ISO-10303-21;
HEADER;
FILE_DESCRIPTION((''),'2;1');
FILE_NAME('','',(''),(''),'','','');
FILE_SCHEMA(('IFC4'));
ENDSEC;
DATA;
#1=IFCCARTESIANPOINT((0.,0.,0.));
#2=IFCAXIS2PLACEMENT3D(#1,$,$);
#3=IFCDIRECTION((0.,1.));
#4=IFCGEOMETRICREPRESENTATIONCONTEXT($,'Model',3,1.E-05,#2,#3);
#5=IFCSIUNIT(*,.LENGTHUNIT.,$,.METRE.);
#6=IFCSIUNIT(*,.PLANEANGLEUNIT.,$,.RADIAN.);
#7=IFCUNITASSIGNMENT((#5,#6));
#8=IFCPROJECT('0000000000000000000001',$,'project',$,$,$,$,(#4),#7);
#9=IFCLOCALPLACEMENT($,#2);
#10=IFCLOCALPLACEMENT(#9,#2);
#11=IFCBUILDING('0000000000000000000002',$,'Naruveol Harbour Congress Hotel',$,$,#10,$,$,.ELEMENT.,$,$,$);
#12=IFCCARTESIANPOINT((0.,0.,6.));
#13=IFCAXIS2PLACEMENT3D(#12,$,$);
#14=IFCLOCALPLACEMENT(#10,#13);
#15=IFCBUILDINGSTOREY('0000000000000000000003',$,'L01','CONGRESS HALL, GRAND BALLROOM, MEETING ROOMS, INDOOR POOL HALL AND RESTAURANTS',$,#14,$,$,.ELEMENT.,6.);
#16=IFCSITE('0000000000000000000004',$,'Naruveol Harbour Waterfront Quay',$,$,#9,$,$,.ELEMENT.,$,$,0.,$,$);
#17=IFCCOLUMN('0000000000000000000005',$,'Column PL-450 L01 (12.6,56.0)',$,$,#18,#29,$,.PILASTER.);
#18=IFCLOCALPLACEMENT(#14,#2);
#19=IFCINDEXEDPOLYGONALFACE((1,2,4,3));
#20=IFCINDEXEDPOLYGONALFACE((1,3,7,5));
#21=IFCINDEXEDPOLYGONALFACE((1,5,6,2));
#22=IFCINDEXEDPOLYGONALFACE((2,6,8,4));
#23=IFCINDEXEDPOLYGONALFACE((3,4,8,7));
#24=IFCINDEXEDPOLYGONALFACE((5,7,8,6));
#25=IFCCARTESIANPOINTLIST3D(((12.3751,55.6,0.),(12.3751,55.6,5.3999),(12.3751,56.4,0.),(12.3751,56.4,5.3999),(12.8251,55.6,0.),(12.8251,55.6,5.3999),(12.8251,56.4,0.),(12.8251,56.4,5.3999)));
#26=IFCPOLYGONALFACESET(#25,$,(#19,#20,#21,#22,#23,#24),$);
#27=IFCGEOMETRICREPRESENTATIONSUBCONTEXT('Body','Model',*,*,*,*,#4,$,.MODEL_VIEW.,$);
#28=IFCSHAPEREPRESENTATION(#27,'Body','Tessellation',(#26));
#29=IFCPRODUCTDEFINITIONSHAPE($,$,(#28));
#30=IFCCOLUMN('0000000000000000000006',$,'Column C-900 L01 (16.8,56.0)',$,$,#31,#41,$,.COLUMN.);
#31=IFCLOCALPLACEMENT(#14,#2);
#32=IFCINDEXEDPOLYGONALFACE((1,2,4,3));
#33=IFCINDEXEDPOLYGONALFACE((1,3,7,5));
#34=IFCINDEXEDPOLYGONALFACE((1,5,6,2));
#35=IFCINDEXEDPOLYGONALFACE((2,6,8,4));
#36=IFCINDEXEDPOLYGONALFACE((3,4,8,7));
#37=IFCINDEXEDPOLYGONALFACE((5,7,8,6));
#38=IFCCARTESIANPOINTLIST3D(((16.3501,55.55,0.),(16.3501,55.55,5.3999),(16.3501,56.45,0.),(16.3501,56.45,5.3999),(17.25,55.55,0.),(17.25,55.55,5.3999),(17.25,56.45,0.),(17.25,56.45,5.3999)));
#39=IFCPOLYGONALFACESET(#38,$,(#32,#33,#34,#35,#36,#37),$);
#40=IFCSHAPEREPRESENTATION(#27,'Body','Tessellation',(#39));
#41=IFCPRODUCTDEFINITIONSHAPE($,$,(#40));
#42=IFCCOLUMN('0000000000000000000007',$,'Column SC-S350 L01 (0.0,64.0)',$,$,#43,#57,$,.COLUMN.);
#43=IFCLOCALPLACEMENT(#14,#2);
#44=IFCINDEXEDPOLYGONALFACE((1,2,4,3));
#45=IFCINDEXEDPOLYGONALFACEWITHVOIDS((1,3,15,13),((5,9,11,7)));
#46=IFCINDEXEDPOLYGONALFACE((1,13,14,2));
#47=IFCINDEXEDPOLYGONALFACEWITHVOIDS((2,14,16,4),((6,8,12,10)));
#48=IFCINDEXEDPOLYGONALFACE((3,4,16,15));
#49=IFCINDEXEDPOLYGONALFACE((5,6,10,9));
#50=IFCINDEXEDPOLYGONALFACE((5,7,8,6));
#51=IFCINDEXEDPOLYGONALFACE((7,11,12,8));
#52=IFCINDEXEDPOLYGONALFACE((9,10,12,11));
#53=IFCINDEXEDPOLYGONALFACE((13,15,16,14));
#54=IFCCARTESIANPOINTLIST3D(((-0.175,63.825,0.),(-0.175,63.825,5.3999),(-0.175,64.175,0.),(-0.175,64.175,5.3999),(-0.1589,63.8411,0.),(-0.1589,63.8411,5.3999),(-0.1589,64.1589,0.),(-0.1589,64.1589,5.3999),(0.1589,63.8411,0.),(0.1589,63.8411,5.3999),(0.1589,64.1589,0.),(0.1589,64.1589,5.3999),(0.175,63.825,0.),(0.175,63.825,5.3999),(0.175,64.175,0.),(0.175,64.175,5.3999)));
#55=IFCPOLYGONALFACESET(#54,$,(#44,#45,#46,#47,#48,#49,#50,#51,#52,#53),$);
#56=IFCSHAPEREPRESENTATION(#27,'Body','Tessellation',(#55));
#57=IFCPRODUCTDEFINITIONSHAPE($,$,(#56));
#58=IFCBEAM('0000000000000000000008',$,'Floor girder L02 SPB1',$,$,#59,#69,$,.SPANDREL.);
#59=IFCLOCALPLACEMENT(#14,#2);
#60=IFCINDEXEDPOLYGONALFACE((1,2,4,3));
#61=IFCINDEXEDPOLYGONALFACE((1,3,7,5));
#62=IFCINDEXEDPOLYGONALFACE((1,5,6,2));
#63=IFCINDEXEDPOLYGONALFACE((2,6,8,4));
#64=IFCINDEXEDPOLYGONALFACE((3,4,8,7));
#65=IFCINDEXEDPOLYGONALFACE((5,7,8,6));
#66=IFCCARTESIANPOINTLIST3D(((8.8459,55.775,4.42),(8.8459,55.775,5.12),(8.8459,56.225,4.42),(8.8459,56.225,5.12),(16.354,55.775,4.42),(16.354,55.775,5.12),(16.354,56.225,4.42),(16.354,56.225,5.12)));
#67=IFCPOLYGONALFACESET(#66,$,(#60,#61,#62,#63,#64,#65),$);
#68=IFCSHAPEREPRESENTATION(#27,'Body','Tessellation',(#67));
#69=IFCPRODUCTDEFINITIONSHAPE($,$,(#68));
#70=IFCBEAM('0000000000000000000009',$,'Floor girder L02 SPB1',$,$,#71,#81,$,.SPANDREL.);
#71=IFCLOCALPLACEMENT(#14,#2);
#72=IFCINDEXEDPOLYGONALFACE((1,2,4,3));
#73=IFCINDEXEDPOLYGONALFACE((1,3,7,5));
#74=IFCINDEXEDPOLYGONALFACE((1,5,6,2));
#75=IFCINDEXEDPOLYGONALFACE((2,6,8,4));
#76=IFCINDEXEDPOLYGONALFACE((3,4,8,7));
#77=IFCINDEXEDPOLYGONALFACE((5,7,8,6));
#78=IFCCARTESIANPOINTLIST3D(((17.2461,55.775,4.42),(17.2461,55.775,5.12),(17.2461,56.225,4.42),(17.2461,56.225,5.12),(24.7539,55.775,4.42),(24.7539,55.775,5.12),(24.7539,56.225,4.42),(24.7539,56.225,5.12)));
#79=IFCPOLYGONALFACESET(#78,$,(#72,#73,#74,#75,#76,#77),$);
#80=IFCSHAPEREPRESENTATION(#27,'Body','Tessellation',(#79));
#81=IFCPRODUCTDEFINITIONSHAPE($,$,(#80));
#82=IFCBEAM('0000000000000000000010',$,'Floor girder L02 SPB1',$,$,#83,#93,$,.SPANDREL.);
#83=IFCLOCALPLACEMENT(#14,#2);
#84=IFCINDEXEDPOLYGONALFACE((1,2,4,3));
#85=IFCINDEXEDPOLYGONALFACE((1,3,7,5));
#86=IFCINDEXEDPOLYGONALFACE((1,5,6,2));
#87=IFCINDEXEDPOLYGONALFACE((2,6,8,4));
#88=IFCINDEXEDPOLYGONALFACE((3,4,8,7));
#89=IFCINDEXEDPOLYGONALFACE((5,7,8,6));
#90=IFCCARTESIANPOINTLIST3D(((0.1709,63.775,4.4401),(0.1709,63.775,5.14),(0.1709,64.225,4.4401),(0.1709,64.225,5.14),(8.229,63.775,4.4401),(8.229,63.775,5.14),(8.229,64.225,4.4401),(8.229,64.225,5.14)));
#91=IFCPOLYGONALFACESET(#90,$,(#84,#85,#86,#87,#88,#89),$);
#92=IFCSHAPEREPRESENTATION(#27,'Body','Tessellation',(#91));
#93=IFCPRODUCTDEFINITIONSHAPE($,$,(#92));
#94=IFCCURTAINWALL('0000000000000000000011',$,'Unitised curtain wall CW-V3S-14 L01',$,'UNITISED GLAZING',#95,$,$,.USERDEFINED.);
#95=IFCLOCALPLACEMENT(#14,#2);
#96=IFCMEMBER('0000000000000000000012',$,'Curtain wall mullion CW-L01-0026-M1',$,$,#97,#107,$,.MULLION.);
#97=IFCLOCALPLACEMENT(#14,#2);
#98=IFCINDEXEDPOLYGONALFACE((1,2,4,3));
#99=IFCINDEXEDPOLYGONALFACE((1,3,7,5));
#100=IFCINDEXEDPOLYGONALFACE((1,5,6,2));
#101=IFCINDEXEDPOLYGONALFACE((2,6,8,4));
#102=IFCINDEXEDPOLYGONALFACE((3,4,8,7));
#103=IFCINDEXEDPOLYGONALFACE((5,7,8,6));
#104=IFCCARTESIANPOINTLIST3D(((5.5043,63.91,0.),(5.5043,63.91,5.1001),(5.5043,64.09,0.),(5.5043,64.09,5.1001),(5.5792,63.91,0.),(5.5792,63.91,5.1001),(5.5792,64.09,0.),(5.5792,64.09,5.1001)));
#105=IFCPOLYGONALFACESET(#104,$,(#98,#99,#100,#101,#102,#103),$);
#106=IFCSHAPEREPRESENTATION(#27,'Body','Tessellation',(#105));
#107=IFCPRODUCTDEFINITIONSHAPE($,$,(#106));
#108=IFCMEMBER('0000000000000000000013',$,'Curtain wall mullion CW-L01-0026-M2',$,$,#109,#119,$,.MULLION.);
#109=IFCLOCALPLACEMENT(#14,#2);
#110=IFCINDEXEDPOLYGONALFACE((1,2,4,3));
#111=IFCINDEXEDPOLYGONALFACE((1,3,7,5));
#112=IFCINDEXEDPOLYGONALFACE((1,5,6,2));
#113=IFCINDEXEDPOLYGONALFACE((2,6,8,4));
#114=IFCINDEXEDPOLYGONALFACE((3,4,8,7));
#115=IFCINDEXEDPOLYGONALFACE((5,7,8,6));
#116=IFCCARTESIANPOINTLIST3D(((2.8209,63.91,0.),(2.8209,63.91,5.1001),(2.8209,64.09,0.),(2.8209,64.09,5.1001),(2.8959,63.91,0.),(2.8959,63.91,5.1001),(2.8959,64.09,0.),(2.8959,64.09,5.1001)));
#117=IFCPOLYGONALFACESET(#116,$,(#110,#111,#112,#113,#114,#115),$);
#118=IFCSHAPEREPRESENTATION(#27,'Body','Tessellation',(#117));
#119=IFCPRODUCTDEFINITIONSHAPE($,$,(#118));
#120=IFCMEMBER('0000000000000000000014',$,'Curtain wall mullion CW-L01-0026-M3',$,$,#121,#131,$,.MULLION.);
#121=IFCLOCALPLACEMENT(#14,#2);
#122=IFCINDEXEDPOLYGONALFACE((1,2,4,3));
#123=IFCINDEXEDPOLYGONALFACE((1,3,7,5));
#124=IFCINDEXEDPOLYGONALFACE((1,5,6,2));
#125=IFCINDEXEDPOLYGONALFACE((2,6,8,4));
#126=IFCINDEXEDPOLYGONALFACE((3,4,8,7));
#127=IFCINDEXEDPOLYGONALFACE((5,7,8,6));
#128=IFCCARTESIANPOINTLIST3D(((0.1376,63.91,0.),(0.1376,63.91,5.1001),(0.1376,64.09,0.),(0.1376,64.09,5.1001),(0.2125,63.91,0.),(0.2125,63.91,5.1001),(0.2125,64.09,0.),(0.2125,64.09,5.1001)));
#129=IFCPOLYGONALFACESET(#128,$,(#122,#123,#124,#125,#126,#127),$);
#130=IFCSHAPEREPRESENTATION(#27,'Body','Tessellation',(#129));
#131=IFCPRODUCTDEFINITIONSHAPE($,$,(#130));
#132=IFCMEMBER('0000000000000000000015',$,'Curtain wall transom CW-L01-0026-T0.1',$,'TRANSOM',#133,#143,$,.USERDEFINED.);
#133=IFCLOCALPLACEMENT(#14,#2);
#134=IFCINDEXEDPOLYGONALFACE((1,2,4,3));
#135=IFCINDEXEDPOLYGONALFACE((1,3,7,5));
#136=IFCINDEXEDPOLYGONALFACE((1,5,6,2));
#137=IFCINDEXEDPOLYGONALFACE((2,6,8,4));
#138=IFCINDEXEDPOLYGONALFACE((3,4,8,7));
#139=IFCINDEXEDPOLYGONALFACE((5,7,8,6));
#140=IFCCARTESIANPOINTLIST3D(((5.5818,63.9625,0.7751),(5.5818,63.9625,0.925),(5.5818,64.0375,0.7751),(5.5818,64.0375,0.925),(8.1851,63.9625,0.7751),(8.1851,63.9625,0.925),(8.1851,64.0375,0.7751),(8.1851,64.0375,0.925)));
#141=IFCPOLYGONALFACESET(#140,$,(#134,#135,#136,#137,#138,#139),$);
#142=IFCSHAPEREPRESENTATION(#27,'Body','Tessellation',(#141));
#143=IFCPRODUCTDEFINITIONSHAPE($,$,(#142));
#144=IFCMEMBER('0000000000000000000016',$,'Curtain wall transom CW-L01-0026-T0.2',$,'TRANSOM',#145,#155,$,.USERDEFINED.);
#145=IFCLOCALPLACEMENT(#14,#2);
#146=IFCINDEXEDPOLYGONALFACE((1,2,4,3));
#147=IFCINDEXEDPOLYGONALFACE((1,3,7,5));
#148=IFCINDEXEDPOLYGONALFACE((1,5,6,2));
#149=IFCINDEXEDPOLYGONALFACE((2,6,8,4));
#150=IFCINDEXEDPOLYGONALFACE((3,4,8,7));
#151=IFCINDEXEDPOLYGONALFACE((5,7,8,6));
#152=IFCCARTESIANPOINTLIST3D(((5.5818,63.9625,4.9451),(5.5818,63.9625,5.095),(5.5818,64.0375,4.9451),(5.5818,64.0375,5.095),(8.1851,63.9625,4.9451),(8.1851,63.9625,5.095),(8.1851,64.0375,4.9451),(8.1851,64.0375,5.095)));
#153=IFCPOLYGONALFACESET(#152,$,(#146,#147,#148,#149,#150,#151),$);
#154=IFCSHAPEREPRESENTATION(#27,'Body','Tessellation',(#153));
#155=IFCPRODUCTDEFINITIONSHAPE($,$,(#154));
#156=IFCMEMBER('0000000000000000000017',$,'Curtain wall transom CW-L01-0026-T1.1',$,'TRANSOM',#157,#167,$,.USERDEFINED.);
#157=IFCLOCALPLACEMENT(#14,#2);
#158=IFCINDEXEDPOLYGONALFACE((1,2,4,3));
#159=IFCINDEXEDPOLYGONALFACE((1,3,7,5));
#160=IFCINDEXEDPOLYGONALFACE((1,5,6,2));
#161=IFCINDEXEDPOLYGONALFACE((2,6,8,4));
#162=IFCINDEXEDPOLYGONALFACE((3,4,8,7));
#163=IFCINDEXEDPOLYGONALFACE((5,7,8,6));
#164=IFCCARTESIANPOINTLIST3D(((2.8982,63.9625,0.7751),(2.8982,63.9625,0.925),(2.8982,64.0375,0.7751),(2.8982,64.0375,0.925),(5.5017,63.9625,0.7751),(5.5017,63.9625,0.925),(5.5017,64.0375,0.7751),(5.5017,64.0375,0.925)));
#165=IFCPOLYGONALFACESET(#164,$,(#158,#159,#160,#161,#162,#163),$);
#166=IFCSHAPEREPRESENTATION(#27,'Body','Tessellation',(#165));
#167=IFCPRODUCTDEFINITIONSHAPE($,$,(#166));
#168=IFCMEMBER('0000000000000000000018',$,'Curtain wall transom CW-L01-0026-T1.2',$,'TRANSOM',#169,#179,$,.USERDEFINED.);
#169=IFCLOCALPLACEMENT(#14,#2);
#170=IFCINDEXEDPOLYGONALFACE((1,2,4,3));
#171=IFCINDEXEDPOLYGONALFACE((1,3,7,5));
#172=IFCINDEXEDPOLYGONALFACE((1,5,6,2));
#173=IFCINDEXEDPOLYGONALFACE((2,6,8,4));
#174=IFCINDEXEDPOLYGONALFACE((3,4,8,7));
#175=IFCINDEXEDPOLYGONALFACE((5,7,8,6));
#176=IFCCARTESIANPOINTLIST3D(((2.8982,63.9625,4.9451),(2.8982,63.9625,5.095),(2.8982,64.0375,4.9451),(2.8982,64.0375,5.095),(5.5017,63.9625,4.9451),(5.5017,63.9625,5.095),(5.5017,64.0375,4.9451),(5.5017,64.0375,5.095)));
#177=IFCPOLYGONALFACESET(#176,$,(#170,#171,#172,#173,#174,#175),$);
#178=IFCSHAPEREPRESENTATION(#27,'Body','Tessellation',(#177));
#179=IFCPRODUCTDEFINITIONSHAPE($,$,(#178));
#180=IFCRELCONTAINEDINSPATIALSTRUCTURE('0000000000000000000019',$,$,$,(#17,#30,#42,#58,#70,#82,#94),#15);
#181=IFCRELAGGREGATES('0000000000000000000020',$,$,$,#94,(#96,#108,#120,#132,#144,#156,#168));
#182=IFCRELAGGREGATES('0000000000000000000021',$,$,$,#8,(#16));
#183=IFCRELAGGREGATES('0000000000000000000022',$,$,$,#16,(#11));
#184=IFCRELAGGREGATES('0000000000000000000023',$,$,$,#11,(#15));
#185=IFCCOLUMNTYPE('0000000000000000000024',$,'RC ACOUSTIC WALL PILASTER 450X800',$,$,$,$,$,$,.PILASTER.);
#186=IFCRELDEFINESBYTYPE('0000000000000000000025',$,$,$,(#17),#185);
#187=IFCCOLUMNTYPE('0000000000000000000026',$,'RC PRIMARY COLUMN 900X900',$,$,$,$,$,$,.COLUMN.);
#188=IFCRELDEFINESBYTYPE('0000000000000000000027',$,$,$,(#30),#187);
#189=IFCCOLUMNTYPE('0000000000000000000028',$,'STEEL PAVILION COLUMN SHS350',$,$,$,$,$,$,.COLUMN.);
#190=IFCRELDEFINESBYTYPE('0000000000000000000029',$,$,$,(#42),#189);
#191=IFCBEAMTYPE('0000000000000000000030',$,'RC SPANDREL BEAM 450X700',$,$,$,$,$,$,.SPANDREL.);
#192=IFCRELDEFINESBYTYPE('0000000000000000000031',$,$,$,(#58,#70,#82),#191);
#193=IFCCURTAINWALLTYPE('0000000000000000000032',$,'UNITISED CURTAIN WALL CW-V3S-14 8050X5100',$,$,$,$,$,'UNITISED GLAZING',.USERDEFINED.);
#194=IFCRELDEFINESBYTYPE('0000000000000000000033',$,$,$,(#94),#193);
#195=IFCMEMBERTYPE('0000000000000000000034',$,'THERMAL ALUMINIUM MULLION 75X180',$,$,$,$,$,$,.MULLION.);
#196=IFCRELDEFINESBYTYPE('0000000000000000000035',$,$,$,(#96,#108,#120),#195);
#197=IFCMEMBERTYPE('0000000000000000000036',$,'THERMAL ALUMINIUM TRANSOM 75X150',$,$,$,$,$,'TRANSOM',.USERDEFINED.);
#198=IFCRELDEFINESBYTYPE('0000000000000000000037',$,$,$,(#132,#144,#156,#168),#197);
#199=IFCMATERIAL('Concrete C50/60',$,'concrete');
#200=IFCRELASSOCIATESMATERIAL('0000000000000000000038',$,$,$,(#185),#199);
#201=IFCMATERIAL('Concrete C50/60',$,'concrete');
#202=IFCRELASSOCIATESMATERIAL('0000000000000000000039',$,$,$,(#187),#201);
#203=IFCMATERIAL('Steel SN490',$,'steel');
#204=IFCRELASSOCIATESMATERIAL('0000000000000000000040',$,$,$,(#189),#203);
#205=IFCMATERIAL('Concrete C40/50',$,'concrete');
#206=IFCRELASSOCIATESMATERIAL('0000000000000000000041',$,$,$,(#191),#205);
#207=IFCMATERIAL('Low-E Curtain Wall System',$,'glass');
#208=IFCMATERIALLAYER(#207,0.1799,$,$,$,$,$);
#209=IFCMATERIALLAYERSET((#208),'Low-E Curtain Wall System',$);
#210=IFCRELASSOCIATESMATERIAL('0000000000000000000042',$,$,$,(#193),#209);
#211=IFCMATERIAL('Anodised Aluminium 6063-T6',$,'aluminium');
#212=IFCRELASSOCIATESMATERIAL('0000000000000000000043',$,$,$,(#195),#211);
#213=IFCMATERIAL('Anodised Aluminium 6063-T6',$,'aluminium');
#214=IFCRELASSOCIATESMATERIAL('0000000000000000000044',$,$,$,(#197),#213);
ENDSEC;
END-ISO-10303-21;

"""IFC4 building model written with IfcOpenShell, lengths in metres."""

from ifc_helpers import new_model, si_unit, direction, frame, origin, origin_2d, place, context, subcontext, project, spatial, rectangle, hollow_rectangle, extrude, material, layer, layer_set, material_profile, profile_set, type_object, element, aggregate, save


model = new_model("IFC4")

# Units and contexts
model_context = context("Model", 3, precision=1e-05, world=origin(), true_north=direction((0.0, 1.0)))
body_context = subcontext(model_context, "Body", "Model", "MODEL_VIEW")
ifc_project = project(units=[si_unit("LENGTHUNIT", "METRE"), si_unit("PLANEANGLEUNIT", "RADIAN")], contexts=[model_context])

# Site, building, storey
site_placement = place(None, origin())
site = spatial("IfcSite", under=ifc_project, at=site_placement, Name="Naruveol Harbour Waterfront Quay", CompositionType="ELEMENT", RefElevation=0.0)
building_placement = place(site_placement, origin())
building = spatial("IfcBuilding", under=site, at=building_placement, Name="Naruveol Harbour Congress Hotel", CompositionType="ELEMENT")
storey_placement = place(building_placement, frame((0.0, 0.0, 6.0)))
storey = spatial("IfcBuildingStorey", under=building, at=storey_placement, Name="L01", Description="CONGRESS HALL, GRAND BALLROOM, MEETING ROOMS, INDOOR POOL HALL AND RESTAURANTS", CompositionType="ELEMENT", Elevation=6.0)

# Columns
ifc_material_1 = material(Name="Concrete C50/60", Category="concrete")
ifc_material_profile_1 = material_profile(ifc_material_1, rectangle(XDim=0.45, YDim=0.8, at=origin_2d()), Name="RC-450x800")
ifc_profile_set_1 = profile_set([ifc_material_profile_1], Name="Concrete C50/60")
column_type_1 = type_object("IfcColumnType", Name="RC ACOUSTIC WALL PILASTER 450X800", PredefinedType="PILASTER", material=ifc_profile_set_1)
column_1_placement = place(storey_placement, frame((12.6001, 56.0, 0.0), z_axis=(0.0, 0.0, 1.0), x_axis=(1.0, 0.0, 0.0)))
element("IfcColumn", 1, at=column_1_placement, inside=storey, type_object=column_type_1, Name="Column PL-450 L01 (12.6,56.0)", PredefinedType="PILASTER", context=body_context, shape_type="SweptSolid", body=[
    extrude(rectangle(XDim=0.45, YDim=0.8, at=origin_2d()), origin(), (0.0, 0.0, 1.0), 5.3999),
])
ifc_material_2 = material(Name="Concrete C50/60", Category="concrete")
ifc_material_profile_2 = material_profile(ifc_material_2, rectangle(XDim=0.8999, YDim=0.8999, at=origin_2d()), Name="RC-900x900")
ifc_profile_set_2 = profile_set([ifc_material_profile_2], Name="Concrete C50/60")
column_type_2 = type_object("IfcColumnType", Name="RC PRIMARY COLUMN 900X900", PredefinedType="COLUMN", material=ifc_profile_set_2)
column_2_placement = place(storey_placement, frame((16.8, 56.0, 0.0), z_axis=(0.0, 0.0, 1.0), x_axis=(1.0, 0.0, 0.0)))
element("IfcColumn", 2, at=column_2_placement, inside=storey, type_object=column_type_2, Name="Column C-900 L01 (16.8,56.0)", PredefinedType="COLUMN", context=body_context, shape_type="SweptSolid", body=[
    extrude(rectangle(XDim=0.8999, YDim=0.8999, at=origin_2d()), origin(), (0.0, 0.0, 1.0), 5.3999),
])
ifc_material_3 = material(Name="Steel SN490", Category="steel")
ifc_material_profile_3 = material_profile(ifc_material_3, hollow_rectangle(XDim=0.3501, YDim=0.3501, WallThickness=0.0161, at=origin_2d()), Name="SHS-350x350x16")
ifc_profile_set_3 = profile_set([ifc_material_profile_3], Name="Steel SN490")
column_type_3 = type_object("IfcColumnType", Name="STEEL PAVILION COLUMN SHS350", PredefinedType="COLUMN", material=ifc_profile_set_3)
column_3_placement = place(storey_placement, frame((0.0, 64.0, 0.0), z_axis=(0.0, 0.0, 1.0), x_axis=(1.0, 0.0, 0.0)))
element("IfcColumn", 3, at=column_3_placement, inside=storey, type_object=column_type_3, Name="Column SC-S350 L01 (0.0,64.0)", PredefinedType="COLUMN", context=body_context, shape_type="SweptSolid", body=[
    extrude(hollow_rectangle(XDim=0.3501, YDim=0.3501, WallThickness=0.0161, at=origin_2d()), origin(), (0.0, 0.0, 1.0), 5.3999),
])

# Beams
ifc_material_4 = material(Name="Concrete C40/50", Category="concrete")
ifc_material_profile_4 = material_profile(ifc_material_4, rectangle(XDim=0.45, YDim=0.7, at=origin_2d()), Name="RCB-450x700")
ifc_profile_set_4 = profile_set([ifc_material_profile_4], Name="Concrete C40/50")
beam_type = type_object("IfcBeamType", Name="RC SPANDREL BEAM 450X700", PredefinedType="SPANDREL", material=ifc_profile_set_4)
beam_1_placement = place(storey_placement, frame((8.8459, 56.0, 4.77), z_axis=(1.0, 0.0, 0.0), x_axis=(0.0, 1.0, 0.0)))
element("IfcBeam", 4, at=beam_1_placement, inside=storey, type_object=beam_type, Name="Floor girder L02 SPB1", PredefinedType="SPANDREL", context=body_context, shape_type="SweptSolid", body=[
    extrude(rectangle(XDim=0.45, YDim=0.7, at=origin_2d()), origin(), (0.0, 0.0, 1.0), 7.5081),
])
beam_2_placement = place(storey_placement, frame((17.2461, 56.0, 4.77), z_axis=(1.0, 0.0, 0.0), x_axis=(0.0, 1.0, 0.0)))
element("IfcBeam", 5, at=beam_2_placement, inside=storey, type_object=beam_type, Name="Floor girder L02 SPB1", PredefinedType="SPANDREL", context=body_context, shape_type="SweptSolid", body=[
    extrude(rectangle(XDim=0.45, YDim=0.7, at=origin_2d()), origin(), (0.0, 0.0, 1.0), 7.5078),
])
beam_3_placement = place(storey_placement, frame((0.1709, 64.0, 4.79), z_axis=(1.0, 0.0, 0.0), x_axis=(0.0, 1.0, 0.0)))
element("IfcBeam", 6, at=beam_3_placement, inside=storey, type_object=beam_type, Name="Floor girder L02 SPB1", PredefinedType="SPANDREL", context=body_context, shape_type="SweptSolid", body=[
    extrude(rectangle(XDim=0.45, YDim=0.7, at=origin_2d()), origin(), (0.0, 0.0, 1.0), 8.0581),
])

# Curtain wall, members
ifc_material_5 = material(Name="Low-E Curtain Wall System", Category="glass")
ifc_layer_1 = layer(ifc_material_5, 0.1799)
ifc_layer_set_1 = layer_set([ifc_layer_1], Name="Low-E Curtain Wall System")
curtain_wall_type = type_object("IfcCurtainWallType", Name="UNITISED CURTAIN WALL CW-V3S-14 8050X5100", ElementType="UNITISED GLAZING", PredefinedType="USERDEFINED", material=ifc_layer_set_1)
curtain_wall_1_placement = place(storey_placement, origin())
curtain_wall_1 = element("IfcCurtainWall", 7, at=curtain_wall_1_placement, inside=storey, type_object=curtain_wall_type, Name="Unitised curtain wall CW-V3S-14 L01", ObjectType="UNITISED GLAZING", PredefinedType="USERDEFINED")
ifc_material_6 = material(Name="Anodised Aluminium 6063-T6", Category="aluminium")
ifc_material_profile_5 = material_profile(ifc_material_6, rectangle(XDim=0.075, YDim=0.1799, at=origin_2d()), Name="ALU-75x180")
ifc_profile_set_5 = profile_set([ifc_material_profile_5], Name="Anodised Aluminium 6063-T6")
member_type_1 = type_object("IfcMemberType", Name="THERMAL ALUMINIUM MULLION 75X180", PredefinedType="MULLION", material=ifc_profile_set_5)
member_1_placement = place(storey_placement, frame((5.5417, 64.0, 0.0), z_axis=(0.0, 0.0, 1.0), x_axis=(1.0, 0.0, 0.0)))
member_1 = element("IfcMember", 8, at=member_1_placement, type_object=member_type_1, Name="Curtain wall mullion CW-L01-0026-M1", PredefinedType="MULLION", context=body_context, shape_type="SweptSolid", body=[
    extrude(rectangle(XDim=0.075, YDim=0.1799, at=origin_2d()), origin(), (0.0, 0.0, 1.0), 5.1001),
])
member_2_placement = place(storey_placement, frame((2.8584, 64.0, 0.0), z_axis=(0.0, 0.0, 1.0), x_axis=(1.0, 0.0, 0.0)))
member_2 = element("IfcMember", 9, at=member_2_placement, type_object=member_type_1, Name="Curtain wall mullion CW-L01-0026-M2", PredefinedType="MULLION", context=body_context, shape_type="SweptSolid", body=[
    extrude(rectangle(XDim=0.075, YDim=0.1799, at=origin_2d()), origin(), (0.0, 0.0, 1.0), 5.1001),
])
member_3_placement = place(storey_placement, frame((0.175, 64.0, 0.0), z_axis=(0.0, 0.0, 1.0), x_axis=(1.0, 0.0, 0.0)))
member_3 = element("IfcMember", 10, at=member_3_placement, type_object=member_type_1, Name="Curtain wall mullion CW-L01-0026-M3", PredefinedType="MULLION", context=body_context, shape_type="SweptSolid", body=[
    extrude(rectangle(XDim=0.075, YDim=0.1799, at=origin_2d()), origin(), (0.0, 0.0, 1.0), 5.1001),
])
ifc_material_7 = material(Name="Anodised Aluminium 6063-T6", Category="aluminium")
ifc_material_profile_6 = material_profile(ifc_material_7, rectangle(XDim=0.075, YDim=0.1499, at=origin_2d()), Name="ALU-75x150")
ifc_profile_set_6 = profile_set([ifc_material_profile_6], Name="Anodised Aluminium 6063-T6")
member_type_2 = type_object("IfcMemberType", Name="THERMAL ALUMINIUM TRANSOM 75X150", ElementType="TRANSOM", PredefinedType="USERDEFINED", material=ifc_profile_set_6)
member_4_placement = place(storey_placement, frame((8.1851, 64.0, 0.8501), z_axis=(-1.0, 0.0, 0.0), x_axis=(0.0, -1.0, 0.0)))
member_4 = element("IfcMember", 11, at=member_4_placement, type_object=member_type_2, Name="Curtain wall transom CW-L01-0026-T0.1", ObjectType="TRANSOM", PredefinedType="USERDEFINED", context=body_context, shape_type="SweptSolid", body=[
    extrude(rectangle(XDim=0.075, YDim=0.1499, at=origin_2d()), origin(), (0.0, 0.0, 1.0), 2.6033),
])
member_5_placement = place(storey_placement, frame((8.1851, 64.0, 5.02), z_axis=(-1.0, 0.0, 0.0), x_axis=(0.0, -1.0, 0.0)))
member_5 = element("IfcMember", 12, at=member_5_placement, type_object=member_type_2, Name="Curtain wall transom CW-L01-0026-T0.2", ObjectType="TRANSOM", PredefinedType="USERDEFINED", context=body_context, shape_type="SweptSolid", body=[
    extrude(rectangle(XDim=0.075, YDim=0.1499, at=origin_2d()), origin(), (0.0, 0.0, 1.0), 2.6033),
])
member_6_placement = place(storey_placement, frame((5.5017, 64.0, 0.8501), z_axis=(-1.0, 0.0, 0.0), x_axis=(0.0, -1.0, 0.0)))
member_6 = element("IfcMember", 13, at=member_6_placement, type_object=member_type_2, Name="Curtain wall transom CW-L01-0026-T1.1", ObjectType="TRANSOM", PredefinedType="USERDEFINED", context=body_context, shape_type="SweptSolid", body=[
    extrude(rectangle(XDim=0.075, YDim=0.1499, at=origin_2d()), origin(), (0.0, 0.0, 1.0), 2.6035),
])
member_7_placement = place(storey_placement, frame((5.5017, 64.0, 5.02), z_axis=(-1.0, 0.0, 0.0), x_axis=(0.0, -1.0, 0.0)))
member_7 = element("IfcMember", 14, at=member_7_placement, type_object=member_type_2, Name="Curtain wall transom CW-L01-0026-T1.2", ObjectType="TRANSOM", PredefinedType="USERDEFINED", context=body_context, shape_type="SweptSolid", body=[
    extrude(rectangle(XDim=0.075, YDim=0.1499, at=origin_2d()), origin(), (0.0, 0.0, 1.0), 2.6035),
])

aggregate(curtain_wall_1, [member_1, member_2, member_3, member_4, member_5, member_6, member_7])

save(model, "model.ifc")
